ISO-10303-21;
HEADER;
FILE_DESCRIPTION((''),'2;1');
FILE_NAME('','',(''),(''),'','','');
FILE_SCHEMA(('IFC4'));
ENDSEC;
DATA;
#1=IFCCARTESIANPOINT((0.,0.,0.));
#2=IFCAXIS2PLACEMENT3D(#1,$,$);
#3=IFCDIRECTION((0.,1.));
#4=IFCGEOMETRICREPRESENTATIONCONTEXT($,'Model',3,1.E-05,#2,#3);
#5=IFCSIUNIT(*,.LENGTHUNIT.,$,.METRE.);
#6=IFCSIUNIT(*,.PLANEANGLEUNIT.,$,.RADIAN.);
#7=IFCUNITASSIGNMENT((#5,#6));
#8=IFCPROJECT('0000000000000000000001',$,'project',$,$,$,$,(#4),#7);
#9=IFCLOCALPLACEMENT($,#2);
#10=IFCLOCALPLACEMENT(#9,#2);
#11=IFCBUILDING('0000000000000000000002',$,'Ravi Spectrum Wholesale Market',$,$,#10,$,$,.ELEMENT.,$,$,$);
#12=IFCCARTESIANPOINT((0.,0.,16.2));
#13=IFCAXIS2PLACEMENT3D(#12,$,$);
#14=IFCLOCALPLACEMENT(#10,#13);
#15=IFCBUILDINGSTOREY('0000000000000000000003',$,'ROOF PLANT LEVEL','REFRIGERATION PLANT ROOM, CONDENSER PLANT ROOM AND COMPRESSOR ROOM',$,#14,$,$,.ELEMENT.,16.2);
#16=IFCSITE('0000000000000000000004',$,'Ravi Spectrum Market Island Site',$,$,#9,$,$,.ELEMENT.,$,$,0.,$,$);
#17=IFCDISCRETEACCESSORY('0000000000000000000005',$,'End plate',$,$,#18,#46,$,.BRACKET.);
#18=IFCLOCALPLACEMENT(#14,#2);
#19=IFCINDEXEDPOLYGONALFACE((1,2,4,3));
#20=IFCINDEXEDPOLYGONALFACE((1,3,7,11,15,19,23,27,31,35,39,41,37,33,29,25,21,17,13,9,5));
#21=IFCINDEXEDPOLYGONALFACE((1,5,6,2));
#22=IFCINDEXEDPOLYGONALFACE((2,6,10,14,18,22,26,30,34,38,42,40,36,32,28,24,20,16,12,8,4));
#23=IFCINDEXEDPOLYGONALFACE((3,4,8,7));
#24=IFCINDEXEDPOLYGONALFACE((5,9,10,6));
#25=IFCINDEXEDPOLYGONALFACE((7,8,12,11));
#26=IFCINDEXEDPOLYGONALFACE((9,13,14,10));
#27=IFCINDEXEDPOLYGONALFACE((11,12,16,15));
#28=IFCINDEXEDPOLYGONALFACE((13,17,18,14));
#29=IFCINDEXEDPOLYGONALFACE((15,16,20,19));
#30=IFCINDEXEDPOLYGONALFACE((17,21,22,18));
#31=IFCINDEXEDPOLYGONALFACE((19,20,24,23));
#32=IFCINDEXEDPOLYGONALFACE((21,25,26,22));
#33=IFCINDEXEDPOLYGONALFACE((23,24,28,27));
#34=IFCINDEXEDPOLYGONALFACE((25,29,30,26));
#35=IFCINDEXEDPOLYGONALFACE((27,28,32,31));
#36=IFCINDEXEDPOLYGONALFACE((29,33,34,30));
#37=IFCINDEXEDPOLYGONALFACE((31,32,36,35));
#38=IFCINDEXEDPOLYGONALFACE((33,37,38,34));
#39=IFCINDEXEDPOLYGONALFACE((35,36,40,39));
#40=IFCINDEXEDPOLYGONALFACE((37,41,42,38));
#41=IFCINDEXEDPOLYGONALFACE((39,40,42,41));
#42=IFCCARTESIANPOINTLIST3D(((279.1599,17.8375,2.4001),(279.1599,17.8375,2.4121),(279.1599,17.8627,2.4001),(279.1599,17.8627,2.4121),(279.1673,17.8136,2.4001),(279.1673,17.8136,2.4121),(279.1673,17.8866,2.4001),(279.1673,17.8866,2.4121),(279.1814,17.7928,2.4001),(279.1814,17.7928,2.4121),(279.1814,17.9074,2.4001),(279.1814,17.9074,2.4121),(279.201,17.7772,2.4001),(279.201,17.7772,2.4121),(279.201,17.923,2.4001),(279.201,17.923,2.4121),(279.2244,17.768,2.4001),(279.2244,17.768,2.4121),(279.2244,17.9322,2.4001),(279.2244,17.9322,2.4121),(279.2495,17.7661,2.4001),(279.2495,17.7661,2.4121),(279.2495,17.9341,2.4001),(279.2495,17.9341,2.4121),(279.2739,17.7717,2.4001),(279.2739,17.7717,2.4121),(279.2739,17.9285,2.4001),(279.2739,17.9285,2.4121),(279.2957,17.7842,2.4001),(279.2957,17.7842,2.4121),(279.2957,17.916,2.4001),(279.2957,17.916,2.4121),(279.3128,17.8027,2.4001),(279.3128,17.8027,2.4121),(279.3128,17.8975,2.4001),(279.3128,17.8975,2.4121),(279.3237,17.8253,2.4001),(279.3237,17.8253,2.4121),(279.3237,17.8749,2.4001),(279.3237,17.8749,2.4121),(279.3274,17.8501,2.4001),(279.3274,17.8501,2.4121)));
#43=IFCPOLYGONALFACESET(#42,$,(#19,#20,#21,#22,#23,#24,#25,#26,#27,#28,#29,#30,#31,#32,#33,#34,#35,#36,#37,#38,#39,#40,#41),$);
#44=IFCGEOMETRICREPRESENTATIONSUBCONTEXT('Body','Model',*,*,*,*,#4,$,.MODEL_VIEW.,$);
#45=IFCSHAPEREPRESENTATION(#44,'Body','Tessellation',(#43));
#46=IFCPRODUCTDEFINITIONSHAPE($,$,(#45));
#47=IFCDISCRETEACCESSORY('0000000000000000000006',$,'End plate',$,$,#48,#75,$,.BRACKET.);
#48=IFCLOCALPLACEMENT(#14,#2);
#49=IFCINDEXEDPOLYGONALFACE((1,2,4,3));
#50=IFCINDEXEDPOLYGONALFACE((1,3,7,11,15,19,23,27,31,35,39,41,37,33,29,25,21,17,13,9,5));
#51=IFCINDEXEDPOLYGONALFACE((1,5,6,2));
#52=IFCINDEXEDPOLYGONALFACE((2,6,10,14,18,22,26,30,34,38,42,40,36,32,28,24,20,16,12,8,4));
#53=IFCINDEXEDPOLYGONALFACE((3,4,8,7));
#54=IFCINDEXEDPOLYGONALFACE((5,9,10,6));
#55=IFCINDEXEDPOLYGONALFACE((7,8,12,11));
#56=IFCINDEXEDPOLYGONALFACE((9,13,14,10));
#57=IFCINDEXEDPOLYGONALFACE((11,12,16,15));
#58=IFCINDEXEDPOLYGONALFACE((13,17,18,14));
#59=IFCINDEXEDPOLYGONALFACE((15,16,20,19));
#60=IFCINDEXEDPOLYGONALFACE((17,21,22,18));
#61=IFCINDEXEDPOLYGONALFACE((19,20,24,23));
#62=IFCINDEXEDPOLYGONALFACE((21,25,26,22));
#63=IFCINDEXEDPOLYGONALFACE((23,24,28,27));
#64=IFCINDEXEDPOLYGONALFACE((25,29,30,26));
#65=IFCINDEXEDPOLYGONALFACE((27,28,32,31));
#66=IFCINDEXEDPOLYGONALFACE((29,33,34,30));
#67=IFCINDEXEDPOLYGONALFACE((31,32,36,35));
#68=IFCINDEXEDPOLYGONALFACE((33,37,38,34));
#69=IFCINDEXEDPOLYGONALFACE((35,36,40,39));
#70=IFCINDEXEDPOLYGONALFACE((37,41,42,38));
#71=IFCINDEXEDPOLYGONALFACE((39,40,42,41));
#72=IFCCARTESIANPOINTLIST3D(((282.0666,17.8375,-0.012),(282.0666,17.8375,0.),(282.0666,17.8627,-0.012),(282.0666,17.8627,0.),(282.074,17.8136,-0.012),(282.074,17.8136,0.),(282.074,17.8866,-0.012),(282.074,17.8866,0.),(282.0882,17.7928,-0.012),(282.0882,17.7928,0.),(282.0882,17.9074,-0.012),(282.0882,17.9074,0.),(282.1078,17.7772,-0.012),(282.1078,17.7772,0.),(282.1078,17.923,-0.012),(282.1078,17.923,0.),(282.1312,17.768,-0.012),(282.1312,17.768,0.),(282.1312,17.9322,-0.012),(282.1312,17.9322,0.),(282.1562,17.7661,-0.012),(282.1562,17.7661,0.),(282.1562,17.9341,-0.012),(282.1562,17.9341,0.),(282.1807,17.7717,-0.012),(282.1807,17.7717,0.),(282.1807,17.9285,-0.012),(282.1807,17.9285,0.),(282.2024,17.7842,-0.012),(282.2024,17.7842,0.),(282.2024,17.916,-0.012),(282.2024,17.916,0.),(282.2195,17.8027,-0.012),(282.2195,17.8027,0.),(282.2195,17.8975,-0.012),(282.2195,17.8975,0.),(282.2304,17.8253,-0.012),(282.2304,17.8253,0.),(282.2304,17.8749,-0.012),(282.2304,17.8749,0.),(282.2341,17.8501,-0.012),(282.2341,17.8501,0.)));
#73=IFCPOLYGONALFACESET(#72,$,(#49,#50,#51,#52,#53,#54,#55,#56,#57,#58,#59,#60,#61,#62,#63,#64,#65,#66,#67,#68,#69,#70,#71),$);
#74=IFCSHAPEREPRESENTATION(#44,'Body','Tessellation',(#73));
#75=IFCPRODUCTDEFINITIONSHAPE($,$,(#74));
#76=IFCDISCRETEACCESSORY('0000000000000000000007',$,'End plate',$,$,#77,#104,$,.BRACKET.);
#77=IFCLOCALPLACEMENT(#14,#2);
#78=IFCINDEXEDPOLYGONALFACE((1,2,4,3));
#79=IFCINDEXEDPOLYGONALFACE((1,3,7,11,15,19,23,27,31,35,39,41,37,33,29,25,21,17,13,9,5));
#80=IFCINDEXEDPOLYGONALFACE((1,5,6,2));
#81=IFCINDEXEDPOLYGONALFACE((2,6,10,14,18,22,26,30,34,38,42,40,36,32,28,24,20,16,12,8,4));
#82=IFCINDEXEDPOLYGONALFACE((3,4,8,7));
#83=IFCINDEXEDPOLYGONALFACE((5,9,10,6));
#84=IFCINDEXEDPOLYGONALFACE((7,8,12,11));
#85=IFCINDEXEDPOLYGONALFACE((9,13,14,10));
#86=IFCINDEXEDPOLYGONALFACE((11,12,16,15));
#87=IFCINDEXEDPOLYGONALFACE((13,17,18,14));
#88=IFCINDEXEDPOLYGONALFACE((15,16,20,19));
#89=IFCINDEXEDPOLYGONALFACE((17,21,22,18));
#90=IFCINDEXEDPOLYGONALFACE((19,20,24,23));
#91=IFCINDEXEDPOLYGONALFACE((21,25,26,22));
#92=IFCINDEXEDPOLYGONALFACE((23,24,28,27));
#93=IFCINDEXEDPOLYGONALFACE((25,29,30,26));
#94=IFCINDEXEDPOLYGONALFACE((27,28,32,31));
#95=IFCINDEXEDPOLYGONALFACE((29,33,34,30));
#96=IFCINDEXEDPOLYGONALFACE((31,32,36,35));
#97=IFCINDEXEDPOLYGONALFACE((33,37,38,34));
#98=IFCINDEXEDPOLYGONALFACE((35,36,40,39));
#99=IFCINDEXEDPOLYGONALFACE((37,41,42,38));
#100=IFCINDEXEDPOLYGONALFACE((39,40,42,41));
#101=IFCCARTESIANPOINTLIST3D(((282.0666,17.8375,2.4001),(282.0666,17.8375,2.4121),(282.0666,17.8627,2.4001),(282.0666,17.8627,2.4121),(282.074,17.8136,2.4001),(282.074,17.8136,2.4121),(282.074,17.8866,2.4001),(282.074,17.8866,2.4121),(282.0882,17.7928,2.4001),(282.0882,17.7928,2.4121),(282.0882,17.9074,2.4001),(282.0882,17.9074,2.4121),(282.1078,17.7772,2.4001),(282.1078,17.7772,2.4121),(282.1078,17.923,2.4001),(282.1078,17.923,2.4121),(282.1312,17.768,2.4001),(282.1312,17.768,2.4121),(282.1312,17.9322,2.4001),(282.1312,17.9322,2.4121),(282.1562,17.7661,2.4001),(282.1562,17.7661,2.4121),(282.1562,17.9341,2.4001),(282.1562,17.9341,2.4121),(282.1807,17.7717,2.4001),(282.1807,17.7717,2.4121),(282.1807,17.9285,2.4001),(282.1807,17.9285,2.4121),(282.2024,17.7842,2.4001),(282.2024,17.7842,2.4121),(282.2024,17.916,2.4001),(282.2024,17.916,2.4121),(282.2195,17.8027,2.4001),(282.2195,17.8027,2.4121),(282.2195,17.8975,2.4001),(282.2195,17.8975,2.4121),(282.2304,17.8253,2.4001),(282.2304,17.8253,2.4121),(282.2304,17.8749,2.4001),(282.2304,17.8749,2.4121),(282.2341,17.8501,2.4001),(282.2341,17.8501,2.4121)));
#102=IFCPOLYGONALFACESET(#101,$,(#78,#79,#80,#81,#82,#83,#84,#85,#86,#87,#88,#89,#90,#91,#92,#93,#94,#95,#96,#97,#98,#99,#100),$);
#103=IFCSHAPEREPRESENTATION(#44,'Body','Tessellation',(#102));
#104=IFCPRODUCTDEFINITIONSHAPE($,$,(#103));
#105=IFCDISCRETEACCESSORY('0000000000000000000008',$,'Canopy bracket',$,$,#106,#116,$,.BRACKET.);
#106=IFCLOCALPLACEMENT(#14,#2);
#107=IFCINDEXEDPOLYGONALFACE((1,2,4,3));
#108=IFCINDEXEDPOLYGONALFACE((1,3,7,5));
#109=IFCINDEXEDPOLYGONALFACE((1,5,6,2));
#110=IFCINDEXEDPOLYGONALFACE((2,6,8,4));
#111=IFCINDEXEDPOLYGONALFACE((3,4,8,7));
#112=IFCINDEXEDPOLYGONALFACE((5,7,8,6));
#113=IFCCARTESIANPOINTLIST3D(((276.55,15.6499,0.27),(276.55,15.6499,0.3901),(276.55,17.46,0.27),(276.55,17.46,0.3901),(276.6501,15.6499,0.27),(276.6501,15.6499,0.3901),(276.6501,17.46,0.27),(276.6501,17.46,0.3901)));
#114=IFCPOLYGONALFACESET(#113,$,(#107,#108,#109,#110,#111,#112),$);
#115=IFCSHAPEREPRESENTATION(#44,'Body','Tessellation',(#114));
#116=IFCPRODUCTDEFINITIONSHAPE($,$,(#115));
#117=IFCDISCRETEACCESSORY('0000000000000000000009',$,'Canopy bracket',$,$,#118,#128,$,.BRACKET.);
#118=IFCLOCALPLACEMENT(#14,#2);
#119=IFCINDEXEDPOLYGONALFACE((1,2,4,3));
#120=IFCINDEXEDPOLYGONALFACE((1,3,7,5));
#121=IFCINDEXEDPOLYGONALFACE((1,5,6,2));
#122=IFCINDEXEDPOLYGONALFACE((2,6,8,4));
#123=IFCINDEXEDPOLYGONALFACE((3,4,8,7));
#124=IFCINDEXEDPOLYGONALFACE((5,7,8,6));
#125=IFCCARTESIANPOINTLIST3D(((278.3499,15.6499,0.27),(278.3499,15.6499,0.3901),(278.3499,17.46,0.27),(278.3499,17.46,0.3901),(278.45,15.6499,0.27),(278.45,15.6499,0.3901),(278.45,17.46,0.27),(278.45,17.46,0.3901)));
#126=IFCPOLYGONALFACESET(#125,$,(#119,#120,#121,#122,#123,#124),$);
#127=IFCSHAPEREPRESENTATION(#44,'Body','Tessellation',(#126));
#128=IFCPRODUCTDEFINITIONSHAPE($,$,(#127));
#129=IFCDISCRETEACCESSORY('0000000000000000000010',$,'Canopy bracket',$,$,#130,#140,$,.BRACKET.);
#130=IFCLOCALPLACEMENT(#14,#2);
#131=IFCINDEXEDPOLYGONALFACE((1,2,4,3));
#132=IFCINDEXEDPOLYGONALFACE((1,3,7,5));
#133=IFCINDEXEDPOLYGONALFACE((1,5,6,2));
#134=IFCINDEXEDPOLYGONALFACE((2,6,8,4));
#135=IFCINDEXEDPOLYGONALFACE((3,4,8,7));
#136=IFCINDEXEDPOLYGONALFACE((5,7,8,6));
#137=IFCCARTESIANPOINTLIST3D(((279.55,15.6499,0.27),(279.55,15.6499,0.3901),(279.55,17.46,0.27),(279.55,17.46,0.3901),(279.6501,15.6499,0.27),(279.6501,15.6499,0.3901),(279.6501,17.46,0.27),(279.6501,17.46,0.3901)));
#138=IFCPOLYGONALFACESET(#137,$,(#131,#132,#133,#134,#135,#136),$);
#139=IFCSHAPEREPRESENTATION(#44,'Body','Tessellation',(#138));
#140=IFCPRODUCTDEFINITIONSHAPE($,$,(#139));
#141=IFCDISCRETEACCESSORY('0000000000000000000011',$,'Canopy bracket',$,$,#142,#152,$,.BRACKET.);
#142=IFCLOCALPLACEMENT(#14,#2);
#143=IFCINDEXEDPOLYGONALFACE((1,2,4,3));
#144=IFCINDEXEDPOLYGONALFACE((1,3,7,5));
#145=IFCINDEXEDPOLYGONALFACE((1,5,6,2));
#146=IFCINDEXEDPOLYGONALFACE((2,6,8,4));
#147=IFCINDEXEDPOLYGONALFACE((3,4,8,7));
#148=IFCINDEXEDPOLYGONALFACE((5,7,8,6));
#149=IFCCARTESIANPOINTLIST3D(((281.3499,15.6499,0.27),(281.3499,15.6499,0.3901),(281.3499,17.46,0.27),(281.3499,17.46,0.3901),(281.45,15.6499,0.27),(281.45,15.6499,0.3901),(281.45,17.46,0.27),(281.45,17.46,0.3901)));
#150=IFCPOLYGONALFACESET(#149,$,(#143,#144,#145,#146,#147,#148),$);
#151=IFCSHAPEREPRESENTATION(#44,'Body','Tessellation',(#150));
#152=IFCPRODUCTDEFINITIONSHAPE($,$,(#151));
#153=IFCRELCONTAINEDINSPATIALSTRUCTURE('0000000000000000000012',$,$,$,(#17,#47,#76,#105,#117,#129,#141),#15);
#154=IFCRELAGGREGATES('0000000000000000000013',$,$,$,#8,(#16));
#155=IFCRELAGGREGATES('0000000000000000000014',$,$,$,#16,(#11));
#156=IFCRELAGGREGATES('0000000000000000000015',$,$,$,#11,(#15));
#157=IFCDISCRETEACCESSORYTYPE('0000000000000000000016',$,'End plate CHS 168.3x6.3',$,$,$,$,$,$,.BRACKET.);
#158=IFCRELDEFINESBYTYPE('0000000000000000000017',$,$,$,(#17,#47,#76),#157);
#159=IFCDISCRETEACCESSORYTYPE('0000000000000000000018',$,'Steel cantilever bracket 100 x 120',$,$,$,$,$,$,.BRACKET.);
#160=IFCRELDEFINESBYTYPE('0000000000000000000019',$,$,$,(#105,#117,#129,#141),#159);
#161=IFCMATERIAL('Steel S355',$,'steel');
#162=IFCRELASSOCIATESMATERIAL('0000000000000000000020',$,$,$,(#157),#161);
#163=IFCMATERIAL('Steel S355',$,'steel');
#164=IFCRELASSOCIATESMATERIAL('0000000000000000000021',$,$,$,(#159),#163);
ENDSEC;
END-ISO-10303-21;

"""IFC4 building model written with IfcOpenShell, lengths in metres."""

from ifc_helpers import new_model, si_unit, direction, frame, origin, origin_2d, place, context, subcontext, project, spatial, rectangle, circle, extrude, material, material_profile, profile_set, type_object, element, save


model = new_model("IFC4")

# Units and contexts
model_context = context("Model", 3, precision=1e-05, world=origin(), true_north=direction((0.0, 1.0)))
body_context = subcontext(model_context, "Body", "Model", "MODEL_VIEW")
ifc_project = project(units=[si_unit("LENGTHUNIT", "METRE"), si_unit("PLANEANGLEUNIT", "RADIAN")], contexts=[model_context])

# Site, building, storey
site_placement = place(None, origin())
site = spatial("IfcSite", under=ifc_project, at=site_placement, Name="Ravi Spectrum Market Island Site", CompositionType="ELEMENT", RefElevation=0.0)
building_placement = place(site_placement, origin())
building = spatial("IfcBuilding", under=site, at=building_placement, Name="Ravi Spectrum Wholesale Market", CompositionType="ELEMENT")
storey_placement = place(building_placement, frame((0.0, 0.0, 16.2)))
storey = spatial("IfcBuildingStorey", under=building, at=storey_placement, Name="ROOF PLANT LEVEL", Description="REFRIGERATION PLANT ROOM, CONDENSER PLANT ROOM AND COMPRESSOR ROOM", CompositionType="ELEMENT", Elevation=16.2)

# Discrete accessories
ifc_material_1 = material(Name="Steel S355", Category="steel")
ifc_material_profile_1 = material_profile(ifc_material_1, circle(Radius=0.0842, at=origin_2d()))
ifc_profile_set_1 = profile_set([ifc_material_profile_1], Name="Steel S355")
discrete_accessory_type_1 = type_object("IfcDiscreteAccessoryType", Name="End plate CHS 168.3x6.3", PredefinedType="BRACKET", material=ifc_profile_set_1)
for number, where, z_axis, x_axis, name in (
    (1, (279.2432, 17.8501, 2.4001), (0.0, 0.0, 1.0), (1.0, 0.0, 0.0), "End plate"),
    (2, (282.1499, 17.8501, 0.0), (0.0, 0.0, -1.0), (1.0, 0.0, 0.0), "End plate"),
    (3, (282.1499, 17.8501, 2.4001), (0.0, 0.0, 1.0), (1.0, 0.0, 0.0), "End plate"),
):
    element("IfcDiscreteAccessory", number, at=place(storey_placement, frame(where, z_axis=z_axis, x_axis=x_axis)), inside=storey, type_object=discrete_accessory_type_1, Name=name, PredefinedType="BRACKET", context=body_context, shape_type="SweptSolid", body=[
        extrude(circle(Radius=0.0842, at=origin_2d()), origin(), (0.0, 0.0, 1.0), 0.012),
    ])
ifc_material_2 = material(Name="Steel S355", Category="steel")
discrete_accessory_type_2 = type_object("IfcDiscreteAccessoryType", Name="Steel cantilever bracket 100 x 120", PredefinedType="BRACKET", material=ifc_material_2)
for number, where, z_axis, x_axis, name in (
    (4, (276.6001, 16.5549, 0.27), (0.0, 0.0, 1.0), (1.0, 0.0, 0.0), "Canopy bracket"),
    (5, (278.3999, 16.5549, 0.27), (0.0, 0.0, 1.0), (1.0, 0.0, 0.0), "Canopy bracket"),
    (6, (279.6001, 16.5549, 0.27), (0.0, 0.0, 1.0), (1.0, 0.0, 0.0), "Canopy bracket"),
    (7, (281.3999, 16.5549, 0.27), (0.0, 0.0, 1.0), (1.0, 0.0, 0.0), "Canopy bracket"),
):
    element("IfcDiscreteAccessory", number, at=place(storey_placement, frame(where, z_axis=z_axis, x_axis=x_axis)), inside=storey, type_object=discrete_accessory_type_2, Name=name, PredefinedType="BRACKET", context=body_context, shape_type="SweptSolid", body=[
        extrude(rectangle(XDim=0.1001, YDim=1.8101, at=origin_2d()), origin(), (0.0, 0.0, 1.0), 0.1201),
    ])

save(model, "model.ifc")
